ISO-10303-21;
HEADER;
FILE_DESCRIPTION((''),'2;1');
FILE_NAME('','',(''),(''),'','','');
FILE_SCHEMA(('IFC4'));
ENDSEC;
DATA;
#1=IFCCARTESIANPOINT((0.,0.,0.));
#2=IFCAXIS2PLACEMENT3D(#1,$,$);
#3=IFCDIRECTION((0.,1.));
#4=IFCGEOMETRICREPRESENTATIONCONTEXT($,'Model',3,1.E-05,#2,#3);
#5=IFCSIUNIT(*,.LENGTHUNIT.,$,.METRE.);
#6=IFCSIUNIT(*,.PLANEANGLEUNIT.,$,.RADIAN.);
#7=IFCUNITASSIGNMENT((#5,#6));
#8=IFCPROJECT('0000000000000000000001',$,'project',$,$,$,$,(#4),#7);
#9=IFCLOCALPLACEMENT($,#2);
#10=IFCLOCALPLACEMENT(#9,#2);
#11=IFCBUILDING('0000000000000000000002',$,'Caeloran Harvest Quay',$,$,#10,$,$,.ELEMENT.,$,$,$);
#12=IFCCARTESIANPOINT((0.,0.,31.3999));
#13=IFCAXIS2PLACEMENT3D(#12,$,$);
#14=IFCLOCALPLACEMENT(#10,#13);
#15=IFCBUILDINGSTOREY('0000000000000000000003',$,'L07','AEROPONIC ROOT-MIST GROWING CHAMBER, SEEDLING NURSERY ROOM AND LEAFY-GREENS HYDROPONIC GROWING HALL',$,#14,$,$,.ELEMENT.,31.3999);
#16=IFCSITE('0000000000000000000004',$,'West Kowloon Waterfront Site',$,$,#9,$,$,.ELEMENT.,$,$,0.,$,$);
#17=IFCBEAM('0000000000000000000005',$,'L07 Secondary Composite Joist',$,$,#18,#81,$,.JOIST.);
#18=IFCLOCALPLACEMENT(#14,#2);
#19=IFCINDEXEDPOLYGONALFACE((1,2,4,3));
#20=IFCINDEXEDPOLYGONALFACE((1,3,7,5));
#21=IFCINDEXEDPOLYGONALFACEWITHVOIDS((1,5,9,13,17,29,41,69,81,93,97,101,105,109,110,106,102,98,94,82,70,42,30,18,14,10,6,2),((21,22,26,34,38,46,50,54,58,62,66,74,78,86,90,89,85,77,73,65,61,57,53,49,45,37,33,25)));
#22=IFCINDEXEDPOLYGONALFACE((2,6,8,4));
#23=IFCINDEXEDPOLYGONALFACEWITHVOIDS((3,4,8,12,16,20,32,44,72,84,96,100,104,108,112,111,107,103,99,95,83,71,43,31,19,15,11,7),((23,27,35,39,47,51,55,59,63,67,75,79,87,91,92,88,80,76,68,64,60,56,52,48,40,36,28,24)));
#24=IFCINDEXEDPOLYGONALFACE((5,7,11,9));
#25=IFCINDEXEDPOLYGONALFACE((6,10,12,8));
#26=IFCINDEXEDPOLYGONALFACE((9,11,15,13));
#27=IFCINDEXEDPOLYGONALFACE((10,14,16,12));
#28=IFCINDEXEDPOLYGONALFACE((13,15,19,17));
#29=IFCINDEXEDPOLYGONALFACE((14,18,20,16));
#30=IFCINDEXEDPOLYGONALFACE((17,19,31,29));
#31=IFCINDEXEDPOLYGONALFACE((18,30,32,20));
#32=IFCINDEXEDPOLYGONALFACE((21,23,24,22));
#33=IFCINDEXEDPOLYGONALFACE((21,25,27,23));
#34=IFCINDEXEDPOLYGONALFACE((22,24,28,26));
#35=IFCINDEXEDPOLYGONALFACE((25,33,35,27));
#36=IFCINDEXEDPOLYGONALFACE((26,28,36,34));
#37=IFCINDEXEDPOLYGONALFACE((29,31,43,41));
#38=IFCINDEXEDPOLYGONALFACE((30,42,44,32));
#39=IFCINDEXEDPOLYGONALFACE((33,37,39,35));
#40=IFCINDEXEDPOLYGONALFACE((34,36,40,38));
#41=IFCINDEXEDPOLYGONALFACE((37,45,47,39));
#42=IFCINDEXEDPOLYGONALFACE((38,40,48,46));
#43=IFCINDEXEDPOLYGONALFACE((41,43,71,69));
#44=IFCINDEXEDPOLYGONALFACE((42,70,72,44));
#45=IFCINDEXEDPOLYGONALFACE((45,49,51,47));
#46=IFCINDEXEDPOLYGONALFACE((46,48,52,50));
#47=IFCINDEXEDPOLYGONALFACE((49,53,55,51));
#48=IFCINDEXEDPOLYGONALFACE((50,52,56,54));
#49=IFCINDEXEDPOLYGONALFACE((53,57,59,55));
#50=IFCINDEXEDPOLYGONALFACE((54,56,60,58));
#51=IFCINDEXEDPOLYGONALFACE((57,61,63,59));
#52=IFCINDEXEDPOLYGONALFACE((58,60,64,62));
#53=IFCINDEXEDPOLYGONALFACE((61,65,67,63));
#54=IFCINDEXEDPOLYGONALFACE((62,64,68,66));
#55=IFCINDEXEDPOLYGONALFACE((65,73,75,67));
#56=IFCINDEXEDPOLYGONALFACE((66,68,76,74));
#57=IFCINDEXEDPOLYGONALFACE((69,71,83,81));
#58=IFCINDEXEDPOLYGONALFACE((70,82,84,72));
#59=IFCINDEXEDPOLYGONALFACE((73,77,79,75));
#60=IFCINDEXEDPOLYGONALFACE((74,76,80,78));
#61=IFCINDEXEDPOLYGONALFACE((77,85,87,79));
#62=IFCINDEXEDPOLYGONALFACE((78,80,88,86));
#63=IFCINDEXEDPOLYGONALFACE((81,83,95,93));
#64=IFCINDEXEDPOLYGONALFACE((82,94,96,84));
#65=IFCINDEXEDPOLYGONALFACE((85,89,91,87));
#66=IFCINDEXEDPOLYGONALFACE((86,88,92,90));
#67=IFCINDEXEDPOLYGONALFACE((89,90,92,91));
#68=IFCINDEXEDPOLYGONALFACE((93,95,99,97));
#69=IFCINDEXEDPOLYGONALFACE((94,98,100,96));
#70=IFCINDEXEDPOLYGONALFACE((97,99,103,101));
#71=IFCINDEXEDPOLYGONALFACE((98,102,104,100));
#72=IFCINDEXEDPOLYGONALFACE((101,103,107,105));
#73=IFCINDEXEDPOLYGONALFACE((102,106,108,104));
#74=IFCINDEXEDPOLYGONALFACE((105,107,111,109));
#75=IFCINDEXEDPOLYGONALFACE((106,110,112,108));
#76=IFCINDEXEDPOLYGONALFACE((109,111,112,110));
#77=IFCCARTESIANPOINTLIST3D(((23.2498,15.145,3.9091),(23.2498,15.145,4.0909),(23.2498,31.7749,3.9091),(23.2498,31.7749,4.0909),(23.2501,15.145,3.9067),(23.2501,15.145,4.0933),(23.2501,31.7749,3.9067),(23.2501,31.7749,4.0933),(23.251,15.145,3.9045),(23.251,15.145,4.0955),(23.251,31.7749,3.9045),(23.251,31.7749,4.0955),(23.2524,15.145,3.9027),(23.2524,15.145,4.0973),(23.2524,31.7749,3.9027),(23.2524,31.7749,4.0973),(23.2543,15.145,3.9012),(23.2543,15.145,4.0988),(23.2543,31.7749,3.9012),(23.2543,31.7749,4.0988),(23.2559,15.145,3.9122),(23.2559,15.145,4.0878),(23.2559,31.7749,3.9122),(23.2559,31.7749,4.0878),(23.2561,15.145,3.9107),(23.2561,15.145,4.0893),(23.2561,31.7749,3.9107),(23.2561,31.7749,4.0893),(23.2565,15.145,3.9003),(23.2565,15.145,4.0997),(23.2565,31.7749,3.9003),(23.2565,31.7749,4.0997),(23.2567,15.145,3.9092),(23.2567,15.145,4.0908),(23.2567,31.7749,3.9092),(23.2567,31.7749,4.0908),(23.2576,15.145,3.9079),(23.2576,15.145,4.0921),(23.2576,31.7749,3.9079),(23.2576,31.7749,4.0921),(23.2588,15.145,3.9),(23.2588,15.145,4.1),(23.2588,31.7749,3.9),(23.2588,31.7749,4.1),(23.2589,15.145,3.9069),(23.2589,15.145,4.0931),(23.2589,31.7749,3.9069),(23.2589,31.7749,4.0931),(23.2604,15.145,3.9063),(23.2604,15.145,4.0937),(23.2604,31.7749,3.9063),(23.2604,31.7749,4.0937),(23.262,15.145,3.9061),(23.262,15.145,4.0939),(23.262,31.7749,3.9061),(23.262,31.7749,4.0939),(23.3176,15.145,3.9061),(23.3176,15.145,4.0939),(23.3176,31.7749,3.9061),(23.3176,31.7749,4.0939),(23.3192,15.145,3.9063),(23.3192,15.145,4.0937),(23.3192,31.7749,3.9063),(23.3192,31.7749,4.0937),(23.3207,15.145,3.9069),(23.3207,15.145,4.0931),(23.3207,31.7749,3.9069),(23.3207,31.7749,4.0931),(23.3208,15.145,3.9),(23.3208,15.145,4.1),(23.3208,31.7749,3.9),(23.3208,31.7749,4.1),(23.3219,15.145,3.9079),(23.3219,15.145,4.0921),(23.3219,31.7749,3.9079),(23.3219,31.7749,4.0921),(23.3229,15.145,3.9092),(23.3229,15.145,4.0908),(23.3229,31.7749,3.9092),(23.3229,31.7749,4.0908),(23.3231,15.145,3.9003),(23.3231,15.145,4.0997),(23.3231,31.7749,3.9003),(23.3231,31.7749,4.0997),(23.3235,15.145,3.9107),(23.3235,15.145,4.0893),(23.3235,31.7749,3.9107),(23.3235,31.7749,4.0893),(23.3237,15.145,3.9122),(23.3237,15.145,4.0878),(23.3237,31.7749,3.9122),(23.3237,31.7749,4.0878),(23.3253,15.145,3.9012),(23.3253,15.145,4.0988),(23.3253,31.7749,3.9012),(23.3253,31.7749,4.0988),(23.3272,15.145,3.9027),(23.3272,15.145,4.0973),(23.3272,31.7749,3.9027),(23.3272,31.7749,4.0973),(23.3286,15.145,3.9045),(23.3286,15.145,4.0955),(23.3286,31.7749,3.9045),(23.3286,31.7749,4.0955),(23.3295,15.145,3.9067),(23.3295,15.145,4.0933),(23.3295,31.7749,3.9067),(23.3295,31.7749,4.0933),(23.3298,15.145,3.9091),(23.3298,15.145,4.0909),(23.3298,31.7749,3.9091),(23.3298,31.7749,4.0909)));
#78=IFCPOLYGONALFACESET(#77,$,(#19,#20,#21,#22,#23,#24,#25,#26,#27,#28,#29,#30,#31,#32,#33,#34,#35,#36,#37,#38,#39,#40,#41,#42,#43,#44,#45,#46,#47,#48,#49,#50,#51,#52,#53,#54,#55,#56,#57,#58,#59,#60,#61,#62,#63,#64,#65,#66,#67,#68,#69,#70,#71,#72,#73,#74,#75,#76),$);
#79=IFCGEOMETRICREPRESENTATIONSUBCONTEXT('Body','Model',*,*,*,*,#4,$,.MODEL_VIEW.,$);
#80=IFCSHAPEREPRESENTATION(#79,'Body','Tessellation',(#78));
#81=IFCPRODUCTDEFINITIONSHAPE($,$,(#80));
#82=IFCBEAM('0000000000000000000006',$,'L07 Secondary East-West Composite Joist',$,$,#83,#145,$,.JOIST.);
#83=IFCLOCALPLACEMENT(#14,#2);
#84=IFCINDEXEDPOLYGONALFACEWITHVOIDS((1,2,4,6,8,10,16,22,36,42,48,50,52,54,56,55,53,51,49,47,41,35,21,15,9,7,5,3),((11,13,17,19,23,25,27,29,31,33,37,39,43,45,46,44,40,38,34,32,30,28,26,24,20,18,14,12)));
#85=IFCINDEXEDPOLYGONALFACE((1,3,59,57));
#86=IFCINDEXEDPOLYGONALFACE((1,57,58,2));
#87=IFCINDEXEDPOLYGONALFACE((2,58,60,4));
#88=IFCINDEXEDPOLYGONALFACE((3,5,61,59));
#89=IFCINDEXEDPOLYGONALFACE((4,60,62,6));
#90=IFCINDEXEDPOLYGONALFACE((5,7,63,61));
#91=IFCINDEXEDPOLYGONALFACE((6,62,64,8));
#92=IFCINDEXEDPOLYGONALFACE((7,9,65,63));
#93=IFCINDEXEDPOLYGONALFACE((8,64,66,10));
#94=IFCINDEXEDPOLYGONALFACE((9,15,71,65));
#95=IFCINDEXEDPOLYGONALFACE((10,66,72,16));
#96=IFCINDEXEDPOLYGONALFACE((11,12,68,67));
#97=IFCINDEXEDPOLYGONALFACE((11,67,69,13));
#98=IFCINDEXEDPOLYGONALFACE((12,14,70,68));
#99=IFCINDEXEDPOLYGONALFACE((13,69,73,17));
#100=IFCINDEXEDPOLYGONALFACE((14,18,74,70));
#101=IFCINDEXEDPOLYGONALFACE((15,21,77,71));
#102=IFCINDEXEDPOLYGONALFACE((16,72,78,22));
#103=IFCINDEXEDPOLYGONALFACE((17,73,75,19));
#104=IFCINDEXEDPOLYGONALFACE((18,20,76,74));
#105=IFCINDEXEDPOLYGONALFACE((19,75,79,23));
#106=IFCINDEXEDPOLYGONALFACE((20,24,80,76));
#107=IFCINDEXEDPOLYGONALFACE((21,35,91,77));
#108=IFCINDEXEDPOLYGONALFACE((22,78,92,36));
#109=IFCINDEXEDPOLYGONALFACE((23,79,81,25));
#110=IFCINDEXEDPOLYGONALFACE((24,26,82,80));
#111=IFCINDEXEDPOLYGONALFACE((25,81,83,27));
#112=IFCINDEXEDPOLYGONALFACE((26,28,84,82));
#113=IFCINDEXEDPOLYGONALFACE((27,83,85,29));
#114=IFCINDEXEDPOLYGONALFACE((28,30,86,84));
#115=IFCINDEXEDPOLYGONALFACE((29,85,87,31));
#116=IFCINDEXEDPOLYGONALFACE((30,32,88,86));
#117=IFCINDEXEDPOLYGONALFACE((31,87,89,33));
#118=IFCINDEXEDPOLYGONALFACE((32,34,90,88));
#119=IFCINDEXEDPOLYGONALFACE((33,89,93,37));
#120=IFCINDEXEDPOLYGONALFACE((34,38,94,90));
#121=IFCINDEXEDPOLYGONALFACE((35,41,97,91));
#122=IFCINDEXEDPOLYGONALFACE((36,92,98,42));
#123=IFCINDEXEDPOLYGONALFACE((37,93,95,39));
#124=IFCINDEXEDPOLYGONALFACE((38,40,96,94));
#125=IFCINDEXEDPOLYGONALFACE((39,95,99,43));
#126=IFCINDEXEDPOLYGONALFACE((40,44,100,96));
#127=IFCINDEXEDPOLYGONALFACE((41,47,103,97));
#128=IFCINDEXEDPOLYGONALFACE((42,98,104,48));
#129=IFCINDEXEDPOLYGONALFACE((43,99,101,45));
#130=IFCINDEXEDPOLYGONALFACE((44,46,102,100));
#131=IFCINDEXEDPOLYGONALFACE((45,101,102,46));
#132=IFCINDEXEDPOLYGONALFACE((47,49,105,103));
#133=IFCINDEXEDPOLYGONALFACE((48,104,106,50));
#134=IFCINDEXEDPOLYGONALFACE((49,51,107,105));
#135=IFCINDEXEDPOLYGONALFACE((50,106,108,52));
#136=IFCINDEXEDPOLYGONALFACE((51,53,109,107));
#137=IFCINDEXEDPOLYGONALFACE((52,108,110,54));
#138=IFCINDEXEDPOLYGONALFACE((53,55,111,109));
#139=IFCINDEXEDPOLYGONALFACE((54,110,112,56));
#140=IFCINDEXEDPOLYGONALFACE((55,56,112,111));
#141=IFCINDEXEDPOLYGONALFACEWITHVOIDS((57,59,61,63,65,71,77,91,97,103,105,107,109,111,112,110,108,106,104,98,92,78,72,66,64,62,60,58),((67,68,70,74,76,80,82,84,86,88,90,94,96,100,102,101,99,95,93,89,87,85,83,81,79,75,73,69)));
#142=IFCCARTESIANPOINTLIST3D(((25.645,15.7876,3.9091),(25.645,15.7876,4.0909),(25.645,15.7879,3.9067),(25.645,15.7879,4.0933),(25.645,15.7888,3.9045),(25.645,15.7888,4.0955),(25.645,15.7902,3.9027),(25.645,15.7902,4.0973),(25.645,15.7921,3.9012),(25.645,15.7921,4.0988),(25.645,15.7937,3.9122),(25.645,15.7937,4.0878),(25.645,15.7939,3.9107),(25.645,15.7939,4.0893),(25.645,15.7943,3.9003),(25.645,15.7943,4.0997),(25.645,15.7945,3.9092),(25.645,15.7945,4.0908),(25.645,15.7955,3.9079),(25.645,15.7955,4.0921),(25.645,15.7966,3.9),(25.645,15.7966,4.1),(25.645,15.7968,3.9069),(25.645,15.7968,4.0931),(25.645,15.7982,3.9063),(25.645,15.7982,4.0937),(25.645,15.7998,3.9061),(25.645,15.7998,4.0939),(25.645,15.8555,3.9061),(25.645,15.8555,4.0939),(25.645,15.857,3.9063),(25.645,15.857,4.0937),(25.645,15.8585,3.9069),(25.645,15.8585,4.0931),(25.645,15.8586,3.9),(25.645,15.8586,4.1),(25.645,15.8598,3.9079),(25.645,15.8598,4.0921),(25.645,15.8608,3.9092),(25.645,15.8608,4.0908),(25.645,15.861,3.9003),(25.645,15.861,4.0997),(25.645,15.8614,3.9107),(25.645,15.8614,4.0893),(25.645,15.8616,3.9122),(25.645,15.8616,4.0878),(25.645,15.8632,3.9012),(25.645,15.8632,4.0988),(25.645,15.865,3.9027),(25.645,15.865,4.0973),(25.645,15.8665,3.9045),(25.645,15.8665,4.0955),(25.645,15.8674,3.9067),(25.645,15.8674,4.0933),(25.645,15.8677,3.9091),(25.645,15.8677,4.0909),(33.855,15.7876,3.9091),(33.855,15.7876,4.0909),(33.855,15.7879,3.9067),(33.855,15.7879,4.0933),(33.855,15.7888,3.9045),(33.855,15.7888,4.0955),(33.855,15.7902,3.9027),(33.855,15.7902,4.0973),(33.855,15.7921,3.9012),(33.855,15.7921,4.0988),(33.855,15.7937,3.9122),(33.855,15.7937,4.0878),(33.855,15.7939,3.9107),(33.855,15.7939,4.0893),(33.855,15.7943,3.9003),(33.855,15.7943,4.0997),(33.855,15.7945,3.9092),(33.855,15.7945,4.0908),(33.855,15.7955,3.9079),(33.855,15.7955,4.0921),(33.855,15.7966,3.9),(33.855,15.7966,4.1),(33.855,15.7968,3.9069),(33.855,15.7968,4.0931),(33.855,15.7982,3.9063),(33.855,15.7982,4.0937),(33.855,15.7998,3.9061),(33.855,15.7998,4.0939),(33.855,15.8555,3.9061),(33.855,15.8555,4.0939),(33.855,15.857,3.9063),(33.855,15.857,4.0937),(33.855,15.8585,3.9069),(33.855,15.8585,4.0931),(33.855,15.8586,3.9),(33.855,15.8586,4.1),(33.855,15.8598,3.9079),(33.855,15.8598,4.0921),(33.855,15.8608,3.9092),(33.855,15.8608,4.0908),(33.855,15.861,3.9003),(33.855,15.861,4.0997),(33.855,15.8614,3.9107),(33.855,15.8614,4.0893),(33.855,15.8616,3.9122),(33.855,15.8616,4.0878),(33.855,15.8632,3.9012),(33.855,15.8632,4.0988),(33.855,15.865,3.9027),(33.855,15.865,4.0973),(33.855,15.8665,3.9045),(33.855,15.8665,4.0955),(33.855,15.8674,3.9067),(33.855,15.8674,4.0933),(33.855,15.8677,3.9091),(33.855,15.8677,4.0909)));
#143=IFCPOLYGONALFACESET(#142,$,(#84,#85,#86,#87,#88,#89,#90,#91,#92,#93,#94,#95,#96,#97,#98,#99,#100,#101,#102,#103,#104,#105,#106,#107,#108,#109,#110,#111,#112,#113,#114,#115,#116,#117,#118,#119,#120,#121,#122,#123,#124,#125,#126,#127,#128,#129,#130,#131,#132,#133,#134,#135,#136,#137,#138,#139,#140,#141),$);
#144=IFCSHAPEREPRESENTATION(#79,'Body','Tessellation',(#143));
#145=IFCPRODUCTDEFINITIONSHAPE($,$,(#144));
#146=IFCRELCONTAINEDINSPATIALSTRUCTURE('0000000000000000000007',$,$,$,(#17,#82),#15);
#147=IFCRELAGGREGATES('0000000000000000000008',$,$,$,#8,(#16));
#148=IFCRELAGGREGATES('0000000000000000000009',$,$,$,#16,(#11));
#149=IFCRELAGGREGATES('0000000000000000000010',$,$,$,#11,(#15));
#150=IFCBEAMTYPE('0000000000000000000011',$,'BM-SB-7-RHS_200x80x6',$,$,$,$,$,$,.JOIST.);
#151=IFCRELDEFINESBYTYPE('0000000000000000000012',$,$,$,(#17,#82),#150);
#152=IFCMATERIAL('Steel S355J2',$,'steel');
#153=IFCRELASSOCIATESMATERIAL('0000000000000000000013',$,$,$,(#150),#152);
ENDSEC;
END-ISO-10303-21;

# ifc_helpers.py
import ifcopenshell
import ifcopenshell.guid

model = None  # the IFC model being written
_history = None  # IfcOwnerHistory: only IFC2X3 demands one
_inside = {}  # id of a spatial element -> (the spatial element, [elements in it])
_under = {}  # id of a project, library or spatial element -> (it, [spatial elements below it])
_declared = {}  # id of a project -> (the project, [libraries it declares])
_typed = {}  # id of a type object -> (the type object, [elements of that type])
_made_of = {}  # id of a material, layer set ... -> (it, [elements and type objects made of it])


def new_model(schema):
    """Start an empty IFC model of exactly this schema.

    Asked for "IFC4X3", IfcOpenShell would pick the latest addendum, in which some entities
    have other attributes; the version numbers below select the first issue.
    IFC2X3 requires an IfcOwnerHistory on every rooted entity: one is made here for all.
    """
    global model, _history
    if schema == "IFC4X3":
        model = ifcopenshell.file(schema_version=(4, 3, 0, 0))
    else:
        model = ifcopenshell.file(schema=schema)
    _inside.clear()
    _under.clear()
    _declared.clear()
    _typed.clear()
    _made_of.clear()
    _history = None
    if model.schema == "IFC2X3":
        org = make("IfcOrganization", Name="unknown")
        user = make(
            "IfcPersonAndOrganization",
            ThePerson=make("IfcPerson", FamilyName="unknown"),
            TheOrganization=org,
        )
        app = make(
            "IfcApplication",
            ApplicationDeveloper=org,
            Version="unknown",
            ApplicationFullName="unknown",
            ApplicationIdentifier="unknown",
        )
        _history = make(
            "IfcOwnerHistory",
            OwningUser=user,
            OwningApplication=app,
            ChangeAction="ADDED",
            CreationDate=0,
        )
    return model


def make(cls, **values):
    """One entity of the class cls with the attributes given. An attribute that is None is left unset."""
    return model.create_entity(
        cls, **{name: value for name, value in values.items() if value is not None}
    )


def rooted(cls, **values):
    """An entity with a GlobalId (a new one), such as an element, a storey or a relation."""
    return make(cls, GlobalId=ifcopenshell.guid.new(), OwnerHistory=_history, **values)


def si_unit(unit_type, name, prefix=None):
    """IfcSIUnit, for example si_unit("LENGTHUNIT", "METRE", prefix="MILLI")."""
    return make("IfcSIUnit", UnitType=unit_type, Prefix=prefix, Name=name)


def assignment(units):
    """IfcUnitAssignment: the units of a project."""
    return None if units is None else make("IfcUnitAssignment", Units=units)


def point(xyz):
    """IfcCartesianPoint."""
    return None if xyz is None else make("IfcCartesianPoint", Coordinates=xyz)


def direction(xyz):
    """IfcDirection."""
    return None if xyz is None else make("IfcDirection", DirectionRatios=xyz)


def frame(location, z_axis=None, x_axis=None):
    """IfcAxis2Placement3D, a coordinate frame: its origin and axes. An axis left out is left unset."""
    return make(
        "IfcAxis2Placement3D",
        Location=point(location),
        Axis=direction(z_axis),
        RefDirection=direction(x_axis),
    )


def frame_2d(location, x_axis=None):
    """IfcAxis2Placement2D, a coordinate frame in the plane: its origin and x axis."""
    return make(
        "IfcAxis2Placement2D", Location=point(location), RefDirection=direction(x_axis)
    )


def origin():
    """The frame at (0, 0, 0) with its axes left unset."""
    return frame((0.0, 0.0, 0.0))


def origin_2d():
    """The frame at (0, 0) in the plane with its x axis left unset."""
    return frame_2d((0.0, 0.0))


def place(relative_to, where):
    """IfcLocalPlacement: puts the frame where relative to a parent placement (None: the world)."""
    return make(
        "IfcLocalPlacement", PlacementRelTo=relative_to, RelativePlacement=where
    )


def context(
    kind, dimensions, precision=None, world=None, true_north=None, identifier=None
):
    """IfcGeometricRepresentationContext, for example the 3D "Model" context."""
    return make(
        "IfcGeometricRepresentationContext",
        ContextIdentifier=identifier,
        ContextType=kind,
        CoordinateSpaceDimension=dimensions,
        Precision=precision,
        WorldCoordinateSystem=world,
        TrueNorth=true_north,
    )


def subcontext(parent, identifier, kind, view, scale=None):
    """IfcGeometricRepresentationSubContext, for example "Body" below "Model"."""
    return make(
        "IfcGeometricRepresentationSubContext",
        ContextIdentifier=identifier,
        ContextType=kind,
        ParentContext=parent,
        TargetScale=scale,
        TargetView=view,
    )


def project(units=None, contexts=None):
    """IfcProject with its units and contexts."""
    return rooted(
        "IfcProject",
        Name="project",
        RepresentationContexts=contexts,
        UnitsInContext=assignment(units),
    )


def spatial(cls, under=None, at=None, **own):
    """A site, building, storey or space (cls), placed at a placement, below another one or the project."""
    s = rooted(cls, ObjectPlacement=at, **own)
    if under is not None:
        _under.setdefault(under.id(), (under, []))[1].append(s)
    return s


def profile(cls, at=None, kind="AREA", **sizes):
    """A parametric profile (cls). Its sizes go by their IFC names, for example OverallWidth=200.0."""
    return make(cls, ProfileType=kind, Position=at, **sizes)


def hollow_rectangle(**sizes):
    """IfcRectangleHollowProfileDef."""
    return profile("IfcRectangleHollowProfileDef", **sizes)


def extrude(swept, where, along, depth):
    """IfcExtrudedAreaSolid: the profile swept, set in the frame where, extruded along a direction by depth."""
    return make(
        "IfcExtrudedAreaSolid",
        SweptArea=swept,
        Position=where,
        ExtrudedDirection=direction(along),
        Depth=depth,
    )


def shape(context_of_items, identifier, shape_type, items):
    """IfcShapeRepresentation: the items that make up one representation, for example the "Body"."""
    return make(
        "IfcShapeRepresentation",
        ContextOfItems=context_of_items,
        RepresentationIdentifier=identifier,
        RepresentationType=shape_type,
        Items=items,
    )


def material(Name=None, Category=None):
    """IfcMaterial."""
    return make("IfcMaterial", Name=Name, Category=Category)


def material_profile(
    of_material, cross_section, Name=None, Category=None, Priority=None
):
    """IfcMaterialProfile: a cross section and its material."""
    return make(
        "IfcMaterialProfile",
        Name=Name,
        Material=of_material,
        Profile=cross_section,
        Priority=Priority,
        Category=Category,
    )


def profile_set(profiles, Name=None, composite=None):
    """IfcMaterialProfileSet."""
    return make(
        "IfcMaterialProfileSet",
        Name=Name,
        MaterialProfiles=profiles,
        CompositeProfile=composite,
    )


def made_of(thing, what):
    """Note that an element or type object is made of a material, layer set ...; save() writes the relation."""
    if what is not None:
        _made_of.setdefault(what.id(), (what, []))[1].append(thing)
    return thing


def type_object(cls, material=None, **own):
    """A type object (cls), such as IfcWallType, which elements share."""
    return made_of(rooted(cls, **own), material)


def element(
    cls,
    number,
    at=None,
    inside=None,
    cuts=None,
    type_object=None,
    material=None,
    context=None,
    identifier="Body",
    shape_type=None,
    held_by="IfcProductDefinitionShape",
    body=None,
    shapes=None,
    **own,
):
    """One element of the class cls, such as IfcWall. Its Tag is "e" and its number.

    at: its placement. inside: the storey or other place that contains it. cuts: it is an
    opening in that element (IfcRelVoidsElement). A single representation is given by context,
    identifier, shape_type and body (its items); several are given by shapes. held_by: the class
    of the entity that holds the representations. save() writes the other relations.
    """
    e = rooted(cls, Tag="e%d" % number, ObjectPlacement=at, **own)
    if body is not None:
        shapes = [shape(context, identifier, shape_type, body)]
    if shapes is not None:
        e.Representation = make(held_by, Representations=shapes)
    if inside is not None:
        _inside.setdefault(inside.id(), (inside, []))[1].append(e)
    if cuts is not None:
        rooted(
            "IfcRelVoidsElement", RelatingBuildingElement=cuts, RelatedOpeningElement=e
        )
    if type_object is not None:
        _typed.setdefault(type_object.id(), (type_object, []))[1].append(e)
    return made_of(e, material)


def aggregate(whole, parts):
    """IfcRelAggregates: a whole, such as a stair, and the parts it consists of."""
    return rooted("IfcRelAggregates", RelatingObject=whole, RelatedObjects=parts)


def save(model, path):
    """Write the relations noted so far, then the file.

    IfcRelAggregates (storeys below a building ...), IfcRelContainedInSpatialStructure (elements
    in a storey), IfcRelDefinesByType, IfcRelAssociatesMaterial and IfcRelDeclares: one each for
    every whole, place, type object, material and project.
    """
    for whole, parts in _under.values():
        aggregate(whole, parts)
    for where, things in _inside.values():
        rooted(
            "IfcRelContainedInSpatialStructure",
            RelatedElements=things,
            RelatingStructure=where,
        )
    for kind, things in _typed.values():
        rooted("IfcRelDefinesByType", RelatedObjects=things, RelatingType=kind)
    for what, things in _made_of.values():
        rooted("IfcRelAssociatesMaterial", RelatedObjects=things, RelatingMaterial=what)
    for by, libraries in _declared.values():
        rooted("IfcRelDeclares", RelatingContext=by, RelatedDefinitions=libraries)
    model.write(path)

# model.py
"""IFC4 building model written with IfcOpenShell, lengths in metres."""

from ifc_helpers import new_model, si_unit, direction, frame, origin, origin_2d, place, context, subcontext, project, spatial, hollow_rectangle, extrude, material, material_profile, profile_set, type_object, element, save


model = new_model("IFC4")

# Units and contexts
model_context = context("Model", 3, precision=1e-05, world=origin(), true_north=direction((0.0, 1.0)))
body_context = subcontext(model_context, "Body", "Model", "MODEL_VIEW")
ifc_project = project(units=[si_unit("LENGTHUNIT", "METRE"), si_unit("PLANEANGLEUNIT", "RADIAN")], contexts=[model_context])

# Site, building, storey
site_placement = place(None, origin())
site = spatial("IfcSite", under=ifc_project, at=site_placement, Name="West Kowloon Waterfront Site", CompositionType="ELEMENT", RefElevation=0.0)
building_placement = place(site_placement, origin())
building = spatial("IfcBuilding", under=site, at=building_placement, Name="Caeloran Harvest Quay", CompositionType="ELEMENT")
storey_placement = place(building_placement, frame((0.0, 0.0, 31.3999)))
storey = spatial("IfcBuildingStorey", under=building, at=storey_placement, Name="L07", Description="AEROPONIC ROOT-MIST GROWING CHAMBER, SEEDLING NURSERY ROOM AND LEAFY-GREENS HYDROPONIC GROWING HALL", CompositionType="ELEMENT", Elevation=31.3999)

# Beams
ifc_material_1 = material(Name="Steel S355J2", Category="steel")
ifc_material_profile_1 = material_profile(ifc_material_1, hollow_rectangle(XDim=0.0801, YDim=0.2, WallThickness=0.0061, InnerFilletRadius=0.0061, OuterFilletRadius=0.009, at=origin_2d()), Name="RHS 200x80x6")
ifc_profile_set_1 = profile_set([ifc_material_profile_1], Name="Steel S355J2")
beam_type_1 = type_object("IfcBeamType", Name="BM-SB-7-RHS_200x80x6", PredefinedType="JOIST", material=ifc_profile_set_1)
for number, where, z_axis, x_axis, name in (
    (1, (23.2898, 15.145, 4.0), (0.0, 1.0, 0.0), (-1.0, 0.0, 0.0), "L07 Secondary Composite Joist"),
):
    element("IfcBeam", number, at=place(storey_placement, frame(where, z_axis=z_axis, x_axis=x_axis)), inside=storey, type_object=beam_type_1, Name=name, PredefinedType="JOIST", context=body_context, shape_type="SweptSolid", body=[
        extrude(hollow_rectangle(XDim=0.0801, YDim=0.2, WallThickness=0.0061, InnerFilletRadius=0.0061, OuterFilletRadius=0.009, at=origin_2d()), origin(), (0.0, 0.0, 1.0), 16.6299),
    ])
for number, where, z_axis, x_axis, name in (
    (2, (25.645, 15.8276, 4.0), (1.0, 0.0, 0.0), (0.0, 1.0, 0.0), "L07 Secondary East-West Composite Joist"),
):
    element("IfcBeam", number, at=place(storey_placement, frame(where, z_axis=z_axis, x_axis=x_axis)), inside=storey, type_object=beam_type_1, Name=name, PredefinedType="JOIST", context=body_context, shape_type="SweptSolid", body=[
        extrude(hollow_rectangle(XDim=0.0801, YDim=0.2, WallThickness=0.0061, InnerFilletRadius=0.0061, OuterFilletRadius=0.009, at=origin_2d()), origin(), (0.0, 0.0, 1.0), 8.21),
    ])

save(model, "model.ifc")
